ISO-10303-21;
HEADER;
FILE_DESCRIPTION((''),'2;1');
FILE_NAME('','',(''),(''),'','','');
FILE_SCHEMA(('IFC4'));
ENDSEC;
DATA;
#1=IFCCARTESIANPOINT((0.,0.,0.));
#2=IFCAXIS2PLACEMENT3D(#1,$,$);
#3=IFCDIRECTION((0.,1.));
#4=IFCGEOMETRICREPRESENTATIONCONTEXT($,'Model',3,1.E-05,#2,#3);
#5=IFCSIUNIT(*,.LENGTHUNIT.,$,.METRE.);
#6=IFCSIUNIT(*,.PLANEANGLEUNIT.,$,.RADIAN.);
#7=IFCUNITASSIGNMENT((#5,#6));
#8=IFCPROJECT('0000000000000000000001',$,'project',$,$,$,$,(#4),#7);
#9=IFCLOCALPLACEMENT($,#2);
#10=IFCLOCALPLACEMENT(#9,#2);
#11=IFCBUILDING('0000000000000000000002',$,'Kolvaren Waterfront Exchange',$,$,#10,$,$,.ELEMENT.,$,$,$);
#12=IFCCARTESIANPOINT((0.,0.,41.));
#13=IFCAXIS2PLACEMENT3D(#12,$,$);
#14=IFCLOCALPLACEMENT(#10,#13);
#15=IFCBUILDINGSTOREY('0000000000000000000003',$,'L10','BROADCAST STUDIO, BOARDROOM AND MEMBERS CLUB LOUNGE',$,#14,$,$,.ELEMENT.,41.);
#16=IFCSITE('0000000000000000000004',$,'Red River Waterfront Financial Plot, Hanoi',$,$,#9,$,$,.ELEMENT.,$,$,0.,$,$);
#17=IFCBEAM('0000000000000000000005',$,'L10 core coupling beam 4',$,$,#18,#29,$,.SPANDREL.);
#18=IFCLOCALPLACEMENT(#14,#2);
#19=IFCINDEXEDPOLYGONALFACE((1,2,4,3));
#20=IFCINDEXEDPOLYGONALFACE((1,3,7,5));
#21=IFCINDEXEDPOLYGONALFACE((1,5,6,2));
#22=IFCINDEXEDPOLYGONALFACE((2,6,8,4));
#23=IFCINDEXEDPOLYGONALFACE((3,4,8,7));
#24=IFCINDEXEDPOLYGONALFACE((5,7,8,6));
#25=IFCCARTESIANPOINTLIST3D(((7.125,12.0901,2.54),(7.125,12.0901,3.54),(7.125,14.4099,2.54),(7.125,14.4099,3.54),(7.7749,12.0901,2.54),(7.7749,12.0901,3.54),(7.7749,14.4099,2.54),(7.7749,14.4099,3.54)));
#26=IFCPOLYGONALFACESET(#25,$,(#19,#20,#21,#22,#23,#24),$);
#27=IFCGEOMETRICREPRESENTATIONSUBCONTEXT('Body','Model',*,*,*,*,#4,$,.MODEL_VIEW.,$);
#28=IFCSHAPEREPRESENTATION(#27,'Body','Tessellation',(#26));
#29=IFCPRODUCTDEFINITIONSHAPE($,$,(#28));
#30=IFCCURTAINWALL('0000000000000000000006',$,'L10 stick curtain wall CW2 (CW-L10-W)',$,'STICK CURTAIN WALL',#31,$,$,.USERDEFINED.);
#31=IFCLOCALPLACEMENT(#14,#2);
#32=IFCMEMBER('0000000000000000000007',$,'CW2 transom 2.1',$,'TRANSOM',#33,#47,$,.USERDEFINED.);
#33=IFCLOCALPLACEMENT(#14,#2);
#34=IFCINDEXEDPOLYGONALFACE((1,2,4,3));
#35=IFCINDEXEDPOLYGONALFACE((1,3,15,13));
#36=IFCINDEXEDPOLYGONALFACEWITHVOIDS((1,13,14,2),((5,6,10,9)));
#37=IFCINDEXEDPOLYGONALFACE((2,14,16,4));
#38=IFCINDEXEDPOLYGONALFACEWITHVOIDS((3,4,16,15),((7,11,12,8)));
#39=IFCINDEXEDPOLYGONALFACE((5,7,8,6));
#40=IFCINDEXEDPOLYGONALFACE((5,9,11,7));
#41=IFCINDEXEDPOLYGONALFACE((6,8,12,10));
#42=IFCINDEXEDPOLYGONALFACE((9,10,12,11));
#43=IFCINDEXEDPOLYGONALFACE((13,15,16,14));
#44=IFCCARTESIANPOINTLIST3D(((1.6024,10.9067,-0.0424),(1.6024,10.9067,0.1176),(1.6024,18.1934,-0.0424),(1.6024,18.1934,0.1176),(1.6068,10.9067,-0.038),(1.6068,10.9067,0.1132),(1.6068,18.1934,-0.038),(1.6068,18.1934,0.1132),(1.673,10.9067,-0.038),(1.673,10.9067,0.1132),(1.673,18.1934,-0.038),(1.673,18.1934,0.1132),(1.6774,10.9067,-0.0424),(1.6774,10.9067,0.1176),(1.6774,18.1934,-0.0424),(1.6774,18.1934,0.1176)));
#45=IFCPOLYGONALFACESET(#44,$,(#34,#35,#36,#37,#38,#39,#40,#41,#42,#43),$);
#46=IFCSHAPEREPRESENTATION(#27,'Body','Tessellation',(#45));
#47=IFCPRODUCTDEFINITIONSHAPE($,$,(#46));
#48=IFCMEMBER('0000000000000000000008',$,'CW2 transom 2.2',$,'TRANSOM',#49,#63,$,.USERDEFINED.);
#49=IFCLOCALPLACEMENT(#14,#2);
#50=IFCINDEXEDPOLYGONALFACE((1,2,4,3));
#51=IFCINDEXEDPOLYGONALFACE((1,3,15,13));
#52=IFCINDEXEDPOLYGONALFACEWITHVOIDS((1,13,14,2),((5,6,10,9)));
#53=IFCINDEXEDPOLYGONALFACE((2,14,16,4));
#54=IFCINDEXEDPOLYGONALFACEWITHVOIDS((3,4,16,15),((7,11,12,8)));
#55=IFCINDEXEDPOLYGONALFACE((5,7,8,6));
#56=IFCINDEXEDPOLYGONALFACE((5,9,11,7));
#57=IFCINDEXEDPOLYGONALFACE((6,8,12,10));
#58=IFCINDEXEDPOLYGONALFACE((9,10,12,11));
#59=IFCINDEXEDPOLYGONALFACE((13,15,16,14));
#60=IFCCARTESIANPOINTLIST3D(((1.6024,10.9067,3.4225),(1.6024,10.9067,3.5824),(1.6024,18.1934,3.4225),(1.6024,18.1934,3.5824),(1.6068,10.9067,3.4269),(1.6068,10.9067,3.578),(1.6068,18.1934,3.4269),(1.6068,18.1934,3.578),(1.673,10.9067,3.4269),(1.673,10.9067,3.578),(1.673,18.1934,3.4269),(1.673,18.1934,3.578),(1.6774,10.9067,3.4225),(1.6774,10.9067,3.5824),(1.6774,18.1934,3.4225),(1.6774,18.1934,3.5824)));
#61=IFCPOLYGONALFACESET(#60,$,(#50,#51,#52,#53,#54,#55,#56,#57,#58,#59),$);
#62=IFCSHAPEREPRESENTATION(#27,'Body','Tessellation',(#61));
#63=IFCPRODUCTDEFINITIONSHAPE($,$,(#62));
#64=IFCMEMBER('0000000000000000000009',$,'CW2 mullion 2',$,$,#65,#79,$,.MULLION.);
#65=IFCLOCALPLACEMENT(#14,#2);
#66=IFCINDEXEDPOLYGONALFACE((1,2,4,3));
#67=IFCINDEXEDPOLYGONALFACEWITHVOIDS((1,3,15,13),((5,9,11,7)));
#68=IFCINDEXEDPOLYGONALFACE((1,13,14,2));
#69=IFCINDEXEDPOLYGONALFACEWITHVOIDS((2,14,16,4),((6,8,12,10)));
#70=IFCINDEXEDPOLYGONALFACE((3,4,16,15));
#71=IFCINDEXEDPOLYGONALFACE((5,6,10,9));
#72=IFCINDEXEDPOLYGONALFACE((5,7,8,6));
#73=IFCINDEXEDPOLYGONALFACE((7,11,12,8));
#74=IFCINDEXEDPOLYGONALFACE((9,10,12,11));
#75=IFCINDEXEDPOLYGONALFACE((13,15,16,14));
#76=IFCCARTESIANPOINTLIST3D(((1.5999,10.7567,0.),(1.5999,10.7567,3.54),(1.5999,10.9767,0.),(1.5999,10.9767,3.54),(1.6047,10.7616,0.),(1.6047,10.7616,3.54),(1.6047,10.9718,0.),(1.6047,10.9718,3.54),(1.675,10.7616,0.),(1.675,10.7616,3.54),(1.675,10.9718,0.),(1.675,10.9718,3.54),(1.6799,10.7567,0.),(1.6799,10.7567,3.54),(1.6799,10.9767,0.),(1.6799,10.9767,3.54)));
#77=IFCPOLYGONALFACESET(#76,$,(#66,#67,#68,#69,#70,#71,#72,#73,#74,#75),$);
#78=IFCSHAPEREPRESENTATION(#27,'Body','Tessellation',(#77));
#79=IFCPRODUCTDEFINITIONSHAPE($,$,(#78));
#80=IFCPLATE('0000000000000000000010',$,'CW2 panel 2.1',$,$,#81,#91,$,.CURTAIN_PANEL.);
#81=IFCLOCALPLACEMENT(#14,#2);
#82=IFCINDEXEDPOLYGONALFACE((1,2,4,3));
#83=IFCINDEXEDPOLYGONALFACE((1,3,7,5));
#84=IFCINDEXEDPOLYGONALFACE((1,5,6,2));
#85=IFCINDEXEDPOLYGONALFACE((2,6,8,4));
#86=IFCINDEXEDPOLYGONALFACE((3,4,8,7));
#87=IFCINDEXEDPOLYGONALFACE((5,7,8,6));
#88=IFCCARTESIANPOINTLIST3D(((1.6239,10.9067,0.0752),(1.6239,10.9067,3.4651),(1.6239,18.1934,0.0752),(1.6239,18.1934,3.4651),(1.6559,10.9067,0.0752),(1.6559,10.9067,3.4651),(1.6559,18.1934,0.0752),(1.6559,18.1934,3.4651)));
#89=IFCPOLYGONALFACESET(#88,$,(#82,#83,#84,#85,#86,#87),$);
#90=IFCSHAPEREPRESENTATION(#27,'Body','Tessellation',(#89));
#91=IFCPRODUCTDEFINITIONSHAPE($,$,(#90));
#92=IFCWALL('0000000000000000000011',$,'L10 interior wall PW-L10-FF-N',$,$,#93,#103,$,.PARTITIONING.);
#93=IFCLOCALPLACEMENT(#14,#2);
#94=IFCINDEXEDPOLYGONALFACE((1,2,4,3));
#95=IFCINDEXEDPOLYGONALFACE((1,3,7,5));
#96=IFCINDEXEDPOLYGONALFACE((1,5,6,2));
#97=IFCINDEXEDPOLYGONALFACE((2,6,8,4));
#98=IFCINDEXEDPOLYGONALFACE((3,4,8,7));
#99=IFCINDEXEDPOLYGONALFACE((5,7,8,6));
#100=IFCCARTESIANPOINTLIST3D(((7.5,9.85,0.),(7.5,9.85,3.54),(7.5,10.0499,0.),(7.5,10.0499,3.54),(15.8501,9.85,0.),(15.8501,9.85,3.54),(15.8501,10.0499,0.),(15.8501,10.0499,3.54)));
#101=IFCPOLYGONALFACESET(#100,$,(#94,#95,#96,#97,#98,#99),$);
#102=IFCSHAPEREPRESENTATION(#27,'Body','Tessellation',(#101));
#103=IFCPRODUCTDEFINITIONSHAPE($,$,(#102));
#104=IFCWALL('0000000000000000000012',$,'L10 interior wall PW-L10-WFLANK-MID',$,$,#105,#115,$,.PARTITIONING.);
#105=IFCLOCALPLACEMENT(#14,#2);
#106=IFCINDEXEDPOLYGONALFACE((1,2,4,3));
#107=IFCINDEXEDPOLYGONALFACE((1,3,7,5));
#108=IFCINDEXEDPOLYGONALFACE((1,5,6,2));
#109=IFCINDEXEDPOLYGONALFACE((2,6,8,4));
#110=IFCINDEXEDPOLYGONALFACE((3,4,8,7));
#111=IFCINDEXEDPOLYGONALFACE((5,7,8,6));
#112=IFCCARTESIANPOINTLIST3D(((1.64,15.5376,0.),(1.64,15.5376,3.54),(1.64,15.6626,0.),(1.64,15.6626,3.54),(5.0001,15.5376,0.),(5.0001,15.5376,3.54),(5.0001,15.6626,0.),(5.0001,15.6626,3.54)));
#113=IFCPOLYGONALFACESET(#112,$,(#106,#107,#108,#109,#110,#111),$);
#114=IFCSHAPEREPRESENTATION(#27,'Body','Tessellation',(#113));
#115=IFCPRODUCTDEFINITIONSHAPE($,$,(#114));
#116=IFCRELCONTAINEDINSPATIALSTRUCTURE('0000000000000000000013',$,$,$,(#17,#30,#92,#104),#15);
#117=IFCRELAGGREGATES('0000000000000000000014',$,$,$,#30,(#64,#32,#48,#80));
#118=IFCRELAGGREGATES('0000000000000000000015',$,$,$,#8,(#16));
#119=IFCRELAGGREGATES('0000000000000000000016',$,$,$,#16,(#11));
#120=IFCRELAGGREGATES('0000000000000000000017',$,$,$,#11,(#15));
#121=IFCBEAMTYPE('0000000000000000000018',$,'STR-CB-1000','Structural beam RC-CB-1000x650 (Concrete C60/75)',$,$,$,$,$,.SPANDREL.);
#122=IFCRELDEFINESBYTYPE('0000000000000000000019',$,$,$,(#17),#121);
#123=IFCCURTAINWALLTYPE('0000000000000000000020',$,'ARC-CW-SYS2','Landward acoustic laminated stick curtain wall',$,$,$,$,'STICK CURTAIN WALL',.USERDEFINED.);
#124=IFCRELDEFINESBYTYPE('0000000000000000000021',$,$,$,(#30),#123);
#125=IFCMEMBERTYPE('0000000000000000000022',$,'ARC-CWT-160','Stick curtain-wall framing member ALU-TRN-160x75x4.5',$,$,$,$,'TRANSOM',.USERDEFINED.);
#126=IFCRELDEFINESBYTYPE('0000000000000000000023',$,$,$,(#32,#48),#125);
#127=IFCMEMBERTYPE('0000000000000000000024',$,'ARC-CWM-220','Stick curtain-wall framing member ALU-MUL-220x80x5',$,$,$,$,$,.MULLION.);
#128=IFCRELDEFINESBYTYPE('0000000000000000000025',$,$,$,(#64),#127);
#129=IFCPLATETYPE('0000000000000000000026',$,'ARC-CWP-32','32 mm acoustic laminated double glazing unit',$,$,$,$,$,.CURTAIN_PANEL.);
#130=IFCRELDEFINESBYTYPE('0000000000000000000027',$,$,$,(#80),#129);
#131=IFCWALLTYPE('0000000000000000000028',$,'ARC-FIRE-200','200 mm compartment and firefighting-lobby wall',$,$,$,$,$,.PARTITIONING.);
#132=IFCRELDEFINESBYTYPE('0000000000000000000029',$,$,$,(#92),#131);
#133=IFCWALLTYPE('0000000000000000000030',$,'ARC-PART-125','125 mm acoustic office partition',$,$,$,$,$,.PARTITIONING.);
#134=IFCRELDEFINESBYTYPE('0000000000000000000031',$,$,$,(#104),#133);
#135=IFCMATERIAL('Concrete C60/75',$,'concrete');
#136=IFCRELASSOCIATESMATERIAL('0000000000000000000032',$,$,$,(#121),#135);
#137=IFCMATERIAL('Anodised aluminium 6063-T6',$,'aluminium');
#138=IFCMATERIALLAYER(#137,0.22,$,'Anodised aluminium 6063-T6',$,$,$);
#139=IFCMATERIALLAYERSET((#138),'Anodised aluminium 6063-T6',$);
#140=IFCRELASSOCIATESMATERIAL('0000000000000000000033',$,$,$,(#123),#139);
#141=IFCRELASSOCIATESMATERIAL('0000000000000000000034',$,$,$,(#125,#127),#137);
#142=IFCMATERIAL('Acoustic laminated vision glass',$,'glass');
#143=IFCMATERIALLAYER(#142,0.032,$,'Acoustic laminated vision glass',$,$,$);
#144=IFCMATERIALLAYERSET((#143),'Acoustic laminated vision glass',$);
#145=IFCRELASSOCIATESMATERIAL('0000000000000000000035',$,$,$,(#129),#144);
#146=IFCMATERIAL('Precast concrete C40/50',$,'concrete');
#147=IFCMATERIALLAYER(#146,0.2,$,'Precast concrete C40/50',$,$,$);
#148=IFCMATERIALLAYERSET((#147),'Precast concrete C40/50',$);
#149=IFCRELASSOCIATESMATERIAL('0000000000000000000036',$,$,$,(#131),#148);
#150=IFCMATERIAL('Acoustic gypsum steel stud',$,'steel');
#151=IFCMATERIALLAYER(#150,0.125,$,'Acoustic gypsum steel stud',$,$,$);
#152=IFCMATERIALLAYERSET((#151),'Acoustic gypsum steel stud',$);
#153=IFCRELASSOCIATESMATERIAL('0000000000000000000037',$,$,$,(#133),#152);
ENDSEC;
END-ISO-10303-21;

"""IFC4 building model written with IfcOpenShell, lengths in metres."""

from ifc_helpers import new_model, si_unit, direction, frame, frame_2d, origin, origin_with_axes, origin_2d, place, context, subcontext, project, spatial, rectangle, hollow_rectangle, extrude, source, transform, mapped, material, layer, layer_set, material_profile, profile_set, type_object, element, aggregate, save


model = new_model("IFC4")

# Units and contexts
model_context = context("Model", 3, precision=1e-05, world=origin(), true_north=direction((0.0, 1.0)))
body_context = subcontext(model_context, "Body", "Model", "MODEL_VIEW")
ifc_project = project(units=[si_unit("LENGTHUNIT", "METRE"), si_unit("PLANEANGLEUNIT", "RADIAN")], contexts=[model_context])

# Site, building, storey
site_placement = place(None, origin())
site = spatial("IfcSite", under=ifc_project, at=site_placement, Name="Red River Waterfront Financial Plot, Hanoi", CompositionType="ELEMENT", RefElevation=0.0)
building_placement = place(site_placement, origin())
building = spatial("IfcBuilding", under=site, at=building_placement, Name="Kolvaren Waterfront Exchange", CompositionType="ELEMENT")
storey_placement = place(building_placement, frame((0.0, 0.0, 41.0)))
storey = spatial("IfcBuildingStorey", under=building, at=storey_placement, Name="L10", Description="BROADCAST STUDIO, BOARDROOM AND MEMBERS CLUB LOUNGE", CompositionType="ELEMENT", Elevation=41.0)

# Beam
ifc_material_1 = material(Name="Concrete C60/75", Category="concrete")
ifc_material_profile_1 = material_profile(ifc_material_1, rectangle(XDim=0.6499, YDim=1.0, at=origin_2d()), Name="RC-CB-1000x650")
ifc_profile_set_1 = profile_set([ifc_material_profile_1], Name="Concrete C60/75")
beam_type = type_object("IfcBeamType", Name="STR-CB-1000", Description="Structural beam RC-CB-1000x650 (Concrete C60/75)", PredefinedType="SPANDREL", material=ifc_profile_set_1)
beam_placement = place(storey_placement, frame((7.45, 12.0901, 3.04), z_axis=(0.0, 1.0, 0.0), x_axis=(-1.0, 0.0, 0.0)))
element("IfcBeam", 1, at=beam_placement, inside=storey, type_object=beam_type, Name="L10 core coupling beam 4", PredefinedType="SPANDREL", context=body_context, shape_type="SweptSolid", body=[
    extrude(rectangle(XDim=0.6499, YDim=1.0, at=origin_2d()), origin(), (0.0, 0.0, 1.0), 2.3198),
])

# Curtain wall, members, plate
ifc_material_2 = material(Name="Anodised aluminium 6063-T6", Category="aluminium")
ifc_layer_1 = layer(ifc_material_2, 0.22, Name="Anodised aluminium 6063-T6")
ifc_layer_set_1 = layer_set([ifc_layer_1], Name="Anodised aluminium 6063-T6")
curtain_wall_type = type_object("IfcCurtainWallType", Name="ARC-CW-SYS2", Description="Landward acoustic laminated stick curtain wall", ElementType="STICK CURTAIN WALL", PredefinedType="USERDEFINED", material=ifc_layer_set_1)
curtain_wall_placement = place(storey_placement, origin())
curtain_wall = element("IfcCurtainWall", 2, at=curtain_wall_placement, inside=storey, type_object=curtain_wall_type, Name="L10 stick curtain wall CW2 (CW-L10-W)", ObjectType="STICK CURTAIN WALL", PredefinedType="USERDEFINED")
ifc_material_profile_2 = material_profile(ifc_material_2, hollow_rectangle(XDim=0.075, YDim=0.1599, WallThickness=0.0044, at=origin_2d()), Name="ALU-TRN-160x75x4.5")
ifc_profile_set_2 = profile_set([ifc_material_profile_2], Name="Anodised aluminium 6063-T6")
member_type_1 = type_object("IfcMemberType", Name="ARC-CWT-160", Description="Stick curtain-wall framing member ALU-TRN-160x75x4.5", ElementType="TRANSOM", PredefinedType="USERDEFINED", material=ifc_profile_set_2)
shared_shape_1 = source(origin_with_axes(), body_context, "Body", "SweptSolid", [
    extrude(hollow_rectangle(XDim=0.075, YDim=0.1599, WallThickness=0.0044, at=origin_2d()), origin(), (0.0, 0.0, 1.0), 7.2866),
])
member_1_placement = place(storey_placement, frame((1.6399, 10.9067, 0.0376), z_axis=(0.0, 1.0, 0.0), x_axis=(-1.0, 0.0, 0.0)))
member_1 = element("IfcMember", 3, at=member_1_placement, type_object=member_type_1, Name="CW2 transom 2.1", ObjectType="TRANSOM", PredefinedType="USERDEFINED", context=body_context, shape_type="MappedRepresentation", body=[
    mapped(shared_shape_1, transform((0.0, 0.0, 0.0), x_axis=(1.0, 0.0, 0.0), y_axis=(0.0, 1.0, 0.0), z_axis=(0.0, 0.0, 1.0), scale=1.0)),
])
member_2_placement = place(storey_placement, frame((1.6399, 10.9067, 3.5024), z_axis=(0.0, 1.0, 0.0), x_axis=(-1.0, 0.0, 0.0)))
member_2 = element("IfcMember", 4, at=member_2_placement, type_object=member_type_1, Name="CW2 transom 2.2", ObjectType="TRANSOM", PredefinedType="USERDEFINED", context=body_context, shape_type="MappedRepresentation", body=[
    mapped(shared_shape_1, transform((0.0, 0.0, 0.0), x_axis=(1.0, 0.0, 0.0), y_axis=(0.0, 1.0, 0.0), z_axis=(0.0, 0.0, 1.0), scale=1.0)),
])
ifc_material_profile_3 = material_profile(ifc_material_2, hollow_rectangle(XDim=0.0801, YDim=0.22, WallThickness=0.0049, at=origin_2d()), Name="ALU-MUL-220x80x5")
ifc_profile_set_3 = profile_set([ifc_material_profile_3], Name="Anodised aluminium 6063-T6")
member_type_2 = type_object("IfcMemberType", Name="ARC-CWM-220", Description="Stick curtain-wall framing member ALU-MUL-220x80x5", PredefinedType="MULLION", material=ifc_profile_set_3)
shared_shape_2 = source(origin_with_axes(), body_context, "Body", "SweptSolid", [
    extrude(hollow_rectangle(XDim=0.0801, YDim=0.22, WallThickness=0.0049, at=origin_2d()), origin(), (0.0, 0.0, 1.0), 3.54),
])
member_3_placement = place(storey_placement, frame((1.6399, 10.8667, 0.0), z_axis=(0.0, 0.0, 1.0), x_axis=(-1.0, 0.0, 0.0)))
member_3 = element("IfcMember", 5, at=member_3_placement, type_object=member_type_2, Name="CW2 mullion 2", PredefinedType="MULLION", context=body_context, shape_type="MappedRepresentation", body=[
    mapped(shared_shape_2, transform((0.0, 0.0, 0.0), x_axis=(1.0, 0.0, 0.0), y_axis=(0.0, 1.0, 0.0), z_axis=(0.0, 0.0, 1.0), scale=1.0)),
])
ifc_material_3 = material(Name="Acoustic laminated vision glass", Category="glass")
ifc_layer_2 = layer(ifc_material_3, 0.032, Name="Acoustic laminated vision glass")
ifc_layer_set_2 = layer_set([ifc_layer_2], Name="Acoustic laminated vision glass")
plate_type = type_object("IfcPlateType", Name="ARC-CWP-32", Description="32 mm acoustic laminated double glazing unit", PredefinedType="CURTAIN_PANEL", material=ifc_layer_set_2)
shared_shape_3 = source(origin_with_axes(), body_context, "Body", "SweptSolid", [
    extrude(rectangle(XDim=7.2866, YDim=0.032, at=origin_2d()), origin(), (0.0, 0.0, 1.0), 3.3899),
])
plate_placement = place(storey_placement, frame((1.6399, 14.55, 0.0752), z_axis=(0.0, 0.0, 1.0), x_axis=(0.0, 1.0, 0.0)))
plate = element("IfcPlate", 6, at=plate_placement, type_object=plate_type, Name="CW2 panel 2.1", PredefinedType="CURTAIN_PANEL", context=body_context, shape_type="MappedRepresentation", body=[
    mapped(shared_shape_3, transform((0.0, 0.0, 0.0), x_axis=(1.0, 0.0, 0.0), y_axis=(0.0, 1.0, 0.0), z_axis=(0.0, 0.0, 1.0), scale=1.0)),
])
aggregate(curtain_wall, [member_3, member_1, member_2, plate])

# Walls
ifc_material_4 = material(Name="Precast concrete C40/50", Category="concrete")
ifc_layer_3 = layer(ifc_material_4, 0.2, Name="Precast concrete C40/50")
ifc_layer_set_3 = layer_set([ifc_layer_3], Name="Precast concrete C40/50")
wall_type_1 = type_object("IfcWallType", Name="ARC-FIRE-200", Description="200 mm compartment and firefighting-lobby wall", PredefinedType="PARTITIONING", material=ifc_layer_set_3)
wall_1_placement = place(storey_placement, frame((7.5, 9.95, 0.0), z_axis=(0.0, 0.0, 1.0), x_axis=(1.0, 0.0, 0.0)))
element("IfcWall", 7, at=wall_1_placement, inside=storey, type_object=wall_type_1, Name="L10 interior wall PW-L10-FF-N", PredefinedType="PARTITIONING", context=body_context, shape_type="SweptSolid", body=[
    extrude(rectangle(XDim=8.3501, YDim=0.2, at=frame_2d((4.175, 0.0))), origin(), (0.0, 0.0, 1.0), 3.54),
])
ifc_material_5 = material(Name="Acoustic gypsum steel stud", Category="steel")
ifc_layer_4 = layer(ifc_material_5, 0.125, Name="Acoustic gypsum steel stud")
ifc_layer_set_4 = layer_set([ifc_layer_4], Name="Acoustic gypsum steel stud")
wall_type_2 = type_object("IfcWallType", Name="ARC-PART-125", Description="125 mm acoustic office partition", PredefinedType="PARTITIONING", material=ifc_layer_set_4)
wall_2_placement = place(storey_placement, frame((1.6399, 15.6001, 0.0), z_axis=(0.0, 0.0, 1.0), x_axis=(1.0, 0.0, 0.0)))
element("IfcWall", 8, at=wall_2_placement, inside=storey, type_object=wall_type_2, Name="L10 interior wall PW-L10-WFLANK-MID", PredefinedType="PARTITIONING", context=body_context, shape_type="SweptSolid", body=[
    extrude(rectangle(XDim=3.3601, YDim=0.125, at=frame_2d((1.6802, 0.0))), origin(), (0.0, 0.0, 1.0), 3.54),
])

save(model, "model.ifc")
